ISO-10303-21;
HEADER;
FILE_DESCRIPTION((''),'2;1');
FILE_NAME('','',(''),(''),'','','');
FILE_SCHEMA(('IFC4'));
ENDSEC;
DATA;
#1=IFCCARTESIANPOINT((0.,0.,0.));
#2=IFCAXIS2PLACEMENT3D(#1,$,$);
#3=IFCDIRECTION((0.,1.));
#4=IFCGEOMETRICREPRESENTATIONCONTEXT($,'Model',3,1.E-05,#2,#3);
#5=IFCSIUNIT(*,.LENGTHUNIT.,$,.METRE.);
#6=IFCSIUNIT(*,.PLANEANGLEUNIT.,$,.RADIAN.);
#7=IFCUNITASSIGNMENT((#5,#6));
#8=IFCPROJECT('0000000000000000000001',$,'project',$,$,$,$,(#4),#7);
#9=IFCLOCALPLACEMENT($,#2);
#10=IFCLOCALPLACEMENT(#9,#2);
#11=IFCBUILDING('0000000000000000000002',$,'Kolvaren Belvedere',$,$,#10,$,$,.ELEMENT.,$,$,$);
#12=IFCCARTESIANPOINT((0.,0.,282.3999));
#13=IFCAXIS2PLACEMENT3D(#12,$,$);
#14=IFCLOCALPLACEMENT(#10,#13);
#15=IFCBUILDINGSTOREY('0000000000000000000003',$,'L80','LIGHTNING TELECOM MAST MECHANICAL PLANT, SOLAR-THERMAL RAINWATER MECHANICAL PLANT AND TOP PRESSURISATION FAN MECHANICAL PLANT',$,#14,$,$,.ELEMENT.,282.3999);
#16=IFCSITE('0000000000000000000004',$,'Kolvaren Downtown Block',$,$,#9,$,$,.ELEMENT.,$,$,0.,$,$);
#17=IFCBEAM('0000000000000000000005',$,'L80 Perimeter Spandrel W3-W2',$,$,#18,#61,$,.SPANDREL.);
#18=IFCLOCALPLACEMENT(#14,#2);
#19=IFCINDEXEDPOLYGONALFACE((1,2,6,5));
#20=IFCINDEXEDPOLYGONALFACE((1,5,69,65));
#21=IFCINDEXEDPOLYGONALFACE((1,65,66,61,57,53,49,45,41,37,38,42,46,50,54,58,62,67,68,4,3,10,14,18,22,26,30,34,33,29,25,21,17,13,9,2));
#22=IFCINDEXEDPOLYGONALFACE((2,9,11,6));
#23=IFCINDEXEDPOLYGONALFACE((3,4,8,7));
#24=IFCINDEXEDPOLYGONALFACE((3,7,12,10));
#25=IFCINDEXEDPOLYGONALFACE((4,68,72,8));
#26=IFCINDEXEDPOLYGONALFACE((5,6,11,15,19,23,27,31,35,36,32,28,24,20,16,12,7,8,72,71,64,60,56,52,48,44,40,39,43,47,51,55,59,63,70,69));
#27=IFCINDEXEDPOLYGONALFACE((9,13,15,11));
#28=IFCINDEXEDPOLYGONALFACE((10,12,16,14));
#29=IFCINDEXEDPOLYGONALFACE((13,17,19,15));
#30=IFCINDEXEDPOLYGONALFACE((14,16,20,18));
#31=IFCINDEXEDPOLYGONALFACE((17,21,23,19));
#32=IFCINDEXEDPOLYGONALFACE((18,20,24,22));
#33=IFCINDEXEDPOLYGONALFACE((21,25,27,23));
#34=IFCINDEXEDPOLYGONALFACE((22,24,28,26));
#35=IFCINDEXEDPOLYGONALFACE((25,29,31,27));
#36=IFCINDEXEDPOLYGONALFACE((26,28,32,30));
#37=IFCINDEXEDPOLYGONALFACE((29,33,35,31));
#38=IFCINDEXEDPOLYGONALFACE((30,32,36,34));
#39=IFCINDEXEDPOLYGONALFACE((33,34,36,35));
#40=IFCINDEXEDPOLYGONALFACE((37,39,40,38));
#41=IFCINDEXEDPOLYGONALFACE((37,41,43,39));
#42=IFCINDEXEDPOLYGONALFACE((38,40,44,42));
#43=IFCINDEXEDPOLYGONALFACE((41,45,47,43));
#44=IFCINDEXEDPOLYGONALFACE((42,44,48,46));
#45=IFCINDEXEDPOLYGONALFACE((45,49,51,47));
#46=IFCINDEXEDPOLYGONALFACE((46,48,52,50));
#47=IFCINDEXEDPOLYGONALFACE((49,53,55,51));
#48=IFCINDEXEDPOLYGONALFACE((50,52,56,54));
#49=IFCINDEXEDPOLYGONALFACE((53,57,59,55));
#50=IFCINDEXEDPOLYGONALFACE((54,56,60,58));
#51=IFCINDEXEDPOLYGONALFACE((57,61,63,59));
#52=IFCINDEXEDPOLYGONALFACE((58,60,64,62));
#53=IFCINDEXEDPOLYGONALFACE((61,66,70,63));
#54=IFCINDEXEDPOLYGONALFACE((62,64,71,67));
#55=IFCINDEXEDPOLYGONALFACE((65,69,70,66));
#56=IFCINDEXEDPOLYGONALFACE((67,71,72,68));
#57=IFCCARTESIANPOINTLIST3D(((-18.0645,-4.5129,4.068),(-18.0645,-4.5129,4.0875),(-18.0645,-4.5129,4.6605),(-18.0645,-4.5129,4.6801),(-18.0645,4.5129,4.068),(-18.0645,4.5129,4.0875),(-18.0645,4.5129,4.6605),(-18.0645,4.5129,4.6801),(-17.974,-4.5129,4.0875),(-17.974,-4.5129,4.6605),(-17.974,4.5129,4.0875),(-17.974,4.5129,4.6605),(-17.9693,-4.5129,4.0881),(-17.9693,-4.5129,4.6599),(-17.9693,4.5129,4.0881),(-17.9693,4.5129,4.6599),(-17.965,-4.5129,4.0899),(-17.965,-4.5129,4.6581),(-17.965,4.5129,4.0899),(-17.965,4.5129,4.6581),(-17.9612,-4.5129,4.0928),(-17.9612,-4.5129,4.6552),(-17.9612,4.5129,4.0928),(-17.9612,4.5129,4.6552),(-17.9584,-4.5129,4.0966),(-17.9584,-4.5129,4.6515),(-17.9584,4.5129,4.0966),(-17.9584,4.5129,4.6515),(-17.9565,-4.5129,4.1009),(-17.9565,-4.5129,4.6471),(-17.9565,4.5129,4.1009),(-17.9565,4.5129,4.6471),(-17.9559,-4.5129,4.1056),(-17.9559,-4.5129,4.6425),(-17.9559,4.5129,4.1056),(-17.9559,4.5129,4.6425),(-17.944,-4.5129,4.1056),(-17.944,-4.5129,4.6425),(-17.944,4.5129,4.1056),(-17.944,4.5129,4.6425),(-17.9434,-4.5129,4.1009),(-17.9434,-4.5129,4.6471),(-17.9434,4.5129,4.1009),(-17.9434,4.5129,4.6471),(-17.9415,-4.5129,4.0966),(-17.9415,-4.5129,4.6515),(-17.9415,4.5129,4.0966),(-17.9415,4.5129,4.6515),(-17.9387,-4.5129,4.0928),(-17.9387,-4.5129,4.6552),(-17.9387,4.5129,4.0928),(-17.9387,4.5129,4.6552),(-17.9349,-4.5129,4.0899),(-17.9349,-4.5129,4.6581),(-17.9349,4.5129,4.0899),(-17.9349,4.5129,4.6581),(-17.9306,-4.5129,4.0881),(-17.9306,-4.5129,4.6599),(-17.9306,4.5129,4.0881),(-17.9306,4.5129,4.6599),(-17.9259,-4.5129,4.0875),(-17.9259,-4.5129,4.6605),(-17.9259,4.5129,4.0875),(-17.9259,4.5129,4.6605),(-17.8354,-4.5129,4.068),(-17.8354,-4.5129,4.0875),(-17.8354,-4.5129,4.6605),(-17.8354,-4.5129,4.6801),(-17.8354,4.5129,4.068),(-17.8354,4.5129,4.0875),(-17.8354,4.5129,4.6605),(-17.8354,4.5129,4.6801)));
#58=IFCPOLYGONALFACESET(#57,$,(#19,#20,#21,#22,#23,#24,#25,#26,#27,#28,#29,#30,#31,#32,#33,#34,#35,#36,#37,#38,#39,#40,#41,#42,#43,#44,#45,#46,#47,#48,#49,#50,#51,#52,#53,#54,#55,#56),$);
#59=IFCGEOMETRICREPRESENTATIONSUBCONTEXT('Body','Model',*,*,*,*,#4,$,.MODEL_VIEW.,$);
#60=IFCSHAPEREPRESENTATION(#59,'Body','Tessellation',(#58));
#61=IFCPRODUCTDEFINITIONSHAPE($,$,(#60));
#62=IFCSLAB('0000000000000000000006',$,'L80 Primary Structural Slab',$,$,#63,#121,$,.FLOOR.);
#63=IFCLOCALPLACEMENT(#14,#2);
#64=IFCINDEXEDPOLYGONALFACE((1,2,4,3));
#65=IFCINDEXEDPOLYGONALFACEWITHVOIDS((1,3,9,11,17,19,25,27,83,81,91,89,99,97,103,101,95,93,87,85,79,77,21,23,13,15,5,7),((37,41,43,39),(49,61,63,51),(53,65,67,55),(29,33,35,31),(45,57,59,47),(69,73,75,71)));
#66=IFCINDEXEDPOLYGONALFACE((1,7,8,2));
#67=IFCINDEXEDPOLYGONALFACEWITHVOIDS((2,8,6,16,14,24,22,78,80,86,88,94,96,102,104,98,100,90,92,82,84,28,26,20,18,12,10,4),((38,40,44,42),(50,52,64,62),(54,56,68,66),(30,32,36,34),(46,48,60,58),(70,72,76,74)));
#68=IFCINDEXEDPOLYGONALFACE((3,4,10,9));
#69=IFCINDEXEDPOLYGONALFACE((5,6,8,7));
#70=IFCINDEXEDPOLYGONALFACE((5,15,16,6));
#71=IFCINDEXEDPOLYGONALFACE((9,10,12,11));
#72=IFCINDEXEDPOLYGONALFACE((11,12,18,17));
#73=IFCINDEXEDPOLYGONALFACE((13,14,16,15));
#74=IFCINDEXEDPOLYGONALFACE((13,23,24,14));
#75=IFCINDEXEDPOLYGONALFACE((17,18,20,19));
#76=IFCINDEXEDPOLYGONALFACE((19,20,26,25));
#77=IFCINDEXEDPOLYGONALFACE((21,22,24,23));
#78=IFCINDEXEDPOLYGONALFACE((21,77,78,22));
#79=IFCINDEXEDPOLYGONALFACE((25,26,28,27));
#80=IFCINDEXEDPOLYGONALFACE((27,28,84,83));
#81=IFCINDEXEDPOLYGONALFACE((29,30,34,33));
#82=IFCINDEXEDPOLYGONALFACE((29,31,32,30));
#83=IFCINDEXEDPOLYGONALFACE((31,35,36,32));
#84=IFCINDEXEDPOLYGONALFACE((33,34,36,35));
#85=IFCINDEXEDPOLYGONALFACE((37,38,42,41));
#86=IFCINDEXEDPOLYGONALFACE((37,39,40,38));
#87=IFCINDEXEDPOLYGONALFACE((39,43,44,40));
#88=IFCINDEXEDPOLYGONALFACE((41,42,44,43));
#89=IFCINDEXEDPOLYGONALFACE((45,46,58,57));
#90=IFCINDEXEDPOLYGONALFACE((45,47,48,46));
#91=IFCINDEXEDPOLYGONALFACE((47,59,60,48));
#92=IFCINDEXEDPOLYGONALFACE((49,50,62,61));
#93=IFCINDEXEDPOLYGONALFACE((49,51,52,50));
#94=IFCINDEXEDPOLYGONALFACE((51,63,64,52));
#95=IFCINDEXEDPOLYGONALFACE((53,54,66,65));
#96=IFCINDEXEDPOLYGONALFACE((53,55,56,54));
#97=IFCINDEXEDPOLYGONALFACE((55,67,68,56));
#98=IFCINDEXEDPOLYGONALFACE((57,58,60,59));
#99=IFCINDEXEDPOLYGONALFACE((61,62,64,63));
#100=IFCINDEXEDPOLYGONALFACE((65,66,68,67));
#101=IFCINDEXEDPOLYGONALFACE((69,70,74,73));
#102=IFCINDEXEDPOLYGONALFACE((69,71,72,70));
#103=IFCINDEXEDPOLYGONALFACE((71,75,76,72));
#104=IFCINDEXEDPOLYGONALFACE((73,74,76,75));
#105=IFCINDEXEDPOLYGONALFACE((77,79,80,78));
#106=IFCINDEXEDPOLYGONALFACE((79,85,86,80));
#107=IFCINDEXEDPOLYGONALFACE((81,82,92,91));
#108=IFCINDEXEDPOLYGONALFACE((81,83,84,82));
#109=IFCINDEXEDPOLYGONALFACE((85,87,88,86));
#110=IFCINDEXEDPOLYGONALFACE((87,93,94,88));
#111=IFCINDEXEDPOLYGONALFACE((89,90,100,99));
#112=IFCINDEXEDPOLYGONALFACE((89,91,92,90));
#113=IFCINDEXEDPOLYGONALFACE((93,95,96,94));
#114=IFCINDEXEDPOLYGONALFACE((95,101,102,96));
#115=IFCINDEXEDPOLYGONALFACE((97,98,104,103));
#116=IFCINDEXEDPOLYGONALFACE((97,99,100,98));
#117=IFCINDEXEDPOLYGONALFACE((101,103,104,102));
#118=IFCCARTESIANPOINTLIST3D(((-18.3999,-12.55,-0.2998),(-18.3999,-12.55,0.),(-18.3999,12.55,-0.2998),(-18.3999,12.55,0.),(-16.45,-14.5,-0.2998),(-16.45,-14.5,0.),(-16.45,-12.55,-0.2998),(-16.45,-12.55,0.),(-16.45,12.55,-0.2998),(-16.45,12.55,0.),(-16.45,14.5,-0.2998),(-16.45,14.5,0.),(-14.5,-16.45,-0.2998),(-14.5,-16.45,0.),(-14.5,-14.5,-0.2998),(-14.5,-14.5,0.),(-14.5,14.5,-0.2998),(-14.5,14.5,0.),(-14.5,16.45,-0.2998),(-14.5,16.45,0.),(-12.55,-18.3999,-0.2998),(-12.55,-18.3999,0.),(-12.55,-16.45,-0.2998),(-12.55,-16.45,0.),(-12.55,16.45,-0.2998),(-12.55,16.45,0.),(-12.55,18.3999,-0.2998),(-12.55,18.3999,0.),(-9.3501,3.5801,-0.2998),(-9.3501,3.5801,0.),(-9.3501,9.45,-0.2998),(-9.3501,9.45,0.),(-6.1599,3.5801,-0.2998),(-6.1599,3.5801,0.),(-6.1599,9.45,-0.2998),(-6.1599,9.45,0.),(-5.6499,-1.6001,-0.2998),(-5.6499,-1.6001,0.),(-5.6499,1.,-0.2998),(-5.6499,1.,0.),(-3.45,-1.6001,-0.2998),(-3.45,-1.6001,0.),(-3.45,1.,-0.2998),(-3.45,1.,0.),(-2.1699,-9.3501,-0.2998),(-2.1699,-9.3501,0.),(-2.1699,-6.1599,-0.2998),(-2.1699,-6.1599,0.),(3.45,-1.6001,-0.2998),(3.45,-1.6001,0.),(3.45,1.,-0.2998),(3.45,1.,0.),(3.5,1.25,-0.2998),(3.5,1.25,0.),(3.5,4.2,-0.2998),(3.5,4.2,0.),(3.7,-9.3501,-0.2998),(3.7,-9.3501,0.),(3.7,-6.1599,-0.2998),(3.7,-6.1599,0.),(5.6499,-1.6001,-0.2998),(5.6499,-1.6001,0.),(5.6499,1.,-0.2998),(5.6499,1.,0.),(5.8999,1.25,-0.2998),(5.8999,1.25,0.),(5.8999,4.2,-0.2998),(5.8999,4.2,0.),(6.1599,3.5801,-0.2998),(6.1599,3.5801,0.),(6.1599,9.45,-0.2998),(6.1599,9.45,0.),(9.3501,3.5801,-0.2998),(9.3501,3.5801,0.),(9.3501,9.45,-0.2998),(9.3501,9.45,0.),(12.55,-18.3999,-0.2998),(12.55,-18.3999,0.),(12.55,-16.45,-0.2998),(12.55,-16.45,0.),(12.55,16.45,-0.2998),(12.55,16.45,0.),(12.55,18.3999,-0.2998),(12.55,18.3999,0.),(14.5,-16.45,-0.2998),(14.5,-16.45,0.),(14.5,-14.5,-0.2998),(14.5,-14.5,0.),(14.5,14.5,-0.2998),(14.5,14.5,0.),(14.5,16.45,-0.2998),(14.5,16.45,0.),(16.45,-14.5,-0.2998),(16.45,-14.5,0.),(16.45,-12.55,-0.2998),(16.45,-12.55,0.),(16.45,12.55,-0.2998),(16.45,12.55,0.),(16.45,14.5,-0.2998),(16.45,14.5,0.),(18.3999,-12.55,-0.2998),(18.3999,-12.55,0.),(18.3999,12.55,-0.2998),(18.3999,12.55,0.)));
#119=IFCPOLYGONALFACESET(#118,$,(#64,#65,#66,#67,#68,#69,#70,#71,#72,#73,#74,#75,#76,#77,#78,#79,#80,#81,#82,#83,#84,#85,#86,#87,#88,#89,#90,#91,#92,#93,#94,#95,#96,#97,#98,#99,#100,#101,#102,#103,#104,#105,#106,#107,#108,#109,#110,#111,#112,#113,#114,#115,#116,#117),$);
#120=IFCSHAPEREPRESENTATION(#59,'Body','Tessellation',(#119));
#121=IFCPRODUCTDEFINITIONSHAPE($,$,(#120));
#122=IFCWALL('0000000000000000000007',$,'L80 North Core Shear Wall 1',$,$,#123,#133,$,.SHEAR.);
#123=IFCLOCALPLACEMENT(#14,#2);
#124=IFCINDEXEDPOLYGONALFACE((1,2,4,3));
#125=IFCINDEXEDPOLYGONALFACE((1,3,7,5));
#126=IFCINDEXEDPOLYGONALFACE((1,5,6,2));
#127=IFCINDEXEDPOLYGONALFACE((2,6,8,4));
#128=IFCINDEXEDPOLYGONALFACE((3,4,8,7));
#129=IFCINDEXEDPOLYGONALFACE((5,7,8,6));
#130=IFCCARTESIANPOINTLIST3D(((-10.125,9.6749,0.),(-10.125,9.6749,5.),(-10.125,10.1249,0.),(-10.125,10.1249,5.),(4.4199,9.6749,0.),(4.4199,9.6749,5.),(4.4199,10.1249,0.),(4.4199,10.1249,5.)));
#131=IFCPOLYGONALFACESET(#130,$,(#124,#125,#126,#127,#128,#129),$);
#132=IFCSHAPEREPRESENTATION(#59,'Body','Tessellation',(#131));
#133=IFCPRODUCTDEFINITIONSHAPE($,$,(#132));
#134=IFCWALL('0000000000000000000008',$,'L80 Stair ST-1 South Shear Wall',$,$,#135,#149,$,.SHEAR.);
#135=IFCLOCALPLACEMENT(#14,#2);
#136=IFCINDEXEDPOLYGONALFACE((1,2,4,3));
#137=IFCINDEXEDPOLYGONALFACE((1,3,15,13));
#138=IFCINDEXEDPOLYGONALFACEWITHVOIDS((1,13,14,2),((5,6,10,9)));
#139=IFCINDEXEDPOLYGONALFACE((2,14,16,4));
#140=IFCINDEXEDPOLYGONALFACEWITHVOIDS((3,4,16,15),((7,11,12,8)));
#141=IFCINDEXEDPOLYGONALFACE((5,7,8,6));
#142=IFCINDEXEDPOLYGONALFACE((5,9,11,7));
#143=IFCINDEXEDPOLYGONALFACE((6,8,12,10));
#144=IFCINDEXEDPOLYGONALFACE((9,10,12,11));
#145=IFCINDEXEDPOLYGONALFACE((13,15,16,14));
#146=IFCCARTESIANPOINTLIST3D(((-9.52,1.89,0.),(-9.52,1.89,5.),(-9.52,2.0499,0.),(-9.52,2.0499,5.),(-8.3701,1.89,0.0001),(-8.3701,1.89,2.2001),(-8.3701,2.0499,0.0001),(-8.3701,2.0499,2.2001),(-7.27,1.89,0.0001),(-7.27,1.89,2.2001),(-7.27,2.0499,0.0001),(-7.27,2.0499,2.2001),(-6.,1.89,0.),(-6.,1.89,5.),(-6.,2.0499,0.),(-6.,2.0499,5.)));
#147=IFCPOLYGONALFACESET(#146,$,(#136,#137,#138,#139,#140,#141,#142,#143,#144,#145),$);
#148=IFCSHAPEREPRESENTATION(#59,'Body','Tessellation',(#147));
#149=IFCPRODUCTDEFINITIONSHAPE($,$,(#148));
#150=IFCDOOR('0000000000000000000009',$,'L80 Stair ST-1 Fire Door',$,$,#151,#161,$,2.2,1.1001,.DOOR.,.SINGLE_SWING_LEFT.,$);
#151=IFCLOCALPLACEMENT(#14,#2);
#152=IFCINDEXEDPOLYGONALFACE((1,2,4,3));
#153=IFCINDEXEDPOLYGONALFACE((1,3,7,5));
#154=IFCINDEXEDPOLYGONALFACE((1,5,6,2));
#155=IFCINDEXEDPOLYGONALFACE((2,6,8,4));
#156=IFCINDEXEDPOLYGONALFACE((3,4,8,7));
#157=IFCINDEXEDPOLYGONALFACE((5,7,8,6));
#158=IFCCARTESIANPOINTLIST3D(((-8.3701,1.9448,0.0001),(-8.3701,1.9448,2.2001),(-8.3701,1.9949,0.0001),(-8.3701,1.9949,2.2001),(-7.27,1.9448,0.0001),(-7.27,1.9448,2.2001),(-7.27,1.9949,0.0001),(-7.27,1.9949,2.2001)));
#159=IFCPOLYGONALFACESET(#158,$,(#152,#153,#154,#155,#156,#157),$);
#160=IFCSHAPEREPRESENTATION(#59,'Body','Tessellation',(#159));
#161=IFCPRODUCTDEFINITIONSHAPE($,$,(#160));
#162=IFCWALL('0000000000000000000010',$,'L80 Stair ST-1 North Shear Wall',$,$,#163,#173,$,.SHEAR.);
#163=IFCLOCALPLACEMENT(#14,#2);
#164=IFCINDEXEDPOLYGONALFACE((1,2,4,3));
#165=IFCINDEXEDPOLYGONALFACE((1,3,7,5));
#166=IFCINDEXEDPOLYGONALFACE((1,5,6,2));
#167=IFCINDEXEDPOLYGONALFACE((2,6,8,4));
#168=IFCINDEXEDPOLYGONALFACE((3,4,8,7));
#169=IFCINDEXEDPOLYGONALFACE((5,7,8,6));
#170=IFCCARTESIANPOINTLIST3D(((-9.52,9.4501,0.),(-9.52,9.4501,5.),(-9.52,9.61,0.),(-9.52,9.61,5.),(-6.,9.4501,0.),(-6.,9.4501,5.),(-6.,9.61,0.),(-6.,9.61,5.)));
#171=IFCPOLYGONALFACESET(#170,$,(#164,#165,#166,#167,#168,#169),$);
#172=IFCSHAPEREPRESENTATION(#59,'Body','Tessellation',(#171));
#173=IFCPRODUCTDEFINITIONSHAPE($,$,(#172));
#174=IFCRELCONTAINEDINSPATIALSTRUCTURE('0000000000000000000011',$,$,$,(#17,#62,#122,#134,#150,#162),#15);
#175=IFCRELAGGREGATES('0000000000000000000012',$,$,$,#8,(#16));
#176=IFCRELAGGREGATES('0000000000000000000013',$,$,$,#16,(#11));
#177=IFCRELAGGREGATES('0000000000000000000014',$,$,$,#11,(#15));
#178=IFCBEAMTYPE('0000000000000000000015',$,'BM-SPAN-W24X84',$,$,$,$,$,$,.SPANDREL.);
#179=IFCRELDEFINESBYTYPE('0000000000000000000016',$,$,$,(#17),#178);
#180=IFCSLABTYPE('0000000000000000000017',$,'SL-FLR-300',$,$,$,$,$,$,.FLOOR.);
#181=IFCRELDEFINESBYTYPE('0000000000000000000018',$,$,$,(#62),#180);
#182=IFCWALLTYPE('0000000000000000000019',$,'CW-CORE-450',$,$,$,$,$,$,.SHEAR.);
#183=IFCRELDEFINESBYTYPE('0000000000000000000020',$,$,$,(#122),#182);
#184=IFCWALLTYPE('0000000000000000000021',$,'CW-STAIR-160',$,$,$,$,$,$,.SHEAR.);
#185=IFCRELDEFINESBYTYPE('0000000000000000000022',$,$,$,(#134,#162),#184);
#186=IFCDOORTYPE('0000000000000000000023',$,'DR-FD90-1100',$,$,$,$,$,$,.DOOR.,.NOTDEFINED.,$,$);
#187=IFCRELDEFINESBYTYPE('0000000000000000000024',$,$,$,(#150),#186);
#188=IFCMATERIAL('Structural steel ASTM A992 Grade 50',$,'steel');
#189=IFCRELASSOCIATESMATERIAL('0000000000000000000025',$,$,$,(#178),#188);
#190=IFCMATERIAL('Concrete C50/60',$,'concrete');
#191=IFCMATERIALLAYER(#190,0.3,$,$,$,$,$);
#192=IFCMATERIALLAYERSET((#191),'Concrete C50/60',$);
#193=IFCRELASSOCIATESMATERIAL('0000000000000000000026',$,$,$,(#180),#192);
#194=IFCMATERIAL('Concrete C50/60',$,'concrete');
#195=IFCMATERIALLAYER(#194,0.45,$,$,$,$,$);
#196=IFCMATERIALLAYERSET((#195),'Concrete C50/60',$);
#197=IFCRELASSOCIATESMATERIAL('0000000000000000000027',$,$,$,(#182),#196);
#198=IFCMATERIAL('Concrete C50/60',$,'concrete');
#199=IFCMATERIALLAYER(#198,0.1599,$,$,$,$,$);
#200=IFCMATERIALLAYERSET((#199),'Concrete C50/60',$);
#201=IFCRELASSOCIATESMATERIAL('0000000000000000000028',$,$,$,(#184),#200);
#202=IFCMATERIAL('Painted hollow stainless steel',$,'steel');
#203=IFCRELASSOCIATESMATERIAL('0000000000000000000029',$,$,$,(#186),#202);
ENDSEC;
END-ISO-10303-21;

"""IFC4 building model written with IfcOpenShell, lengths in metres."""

from ifc_helpers import new_model, si_unit, direction, frame, frame_2d, origin, origin_2d, place, context, subcontext, project, spatial, polyline, rectangle, i_section, outline, extrude, material, layer, layer_set, material_profile, profile_set, type_object, element, fill, save


model = new_model("IFC4")

# Units and contexts
model_context = context("Model", 3, precision=1e-05, world=origin(), true_north=direction((0.0, 1.0)))
body_context = subcontext(model_context, "Body", "Model", "MODEL_VIEW")
ifc_project = project(units=[si_unit("LENGTHUNIT", "METRE"), si_unit("PLANEANGLEUNIT", "RADIAN")], contexts=[model_context])

# Site, building, storey
site_placement = place(None, origin())
site = spatial("IfcSite", under=ifc_project, at=site_placement, Name="Kolvaren Downtown Block", CompositionType="ELEMENT", RefElevation=0.0)
building_placement = place(site_placement, origin())
building = spatial("IfcBuilding", under=site, at=building_placement, Name="Kolvaren Belvedere", CompositionType="ELEMENT")
storey_placement = place(building_placement, frame((0.0, 0.0, 282.3999)))
storey = spatial("IfcBuildingStorey", under=building, at=storey_placement, Name="L80", Description="LIGHTNING TELECOM MAST MECHANICAL PLANT, SOLAR-THERMAL RAINWATER MECHANICAL PLANT AND TOP PRESSURISATION FAN MECHANICAL PLANT", CompositionType="ELEMENT", Elevation=282.3999)

# Beam
ifc_material_1 = material(Name="Structural steel ASTM A992 Grade 50", Category="steel")
ifc_material_profile_1 = material_profile(ifc_material_1, i_section(OverallWidth=0.229, OverallDepth=0.6121, WebThickness=0.012, FlangeThickness=0.0195, FilletRadius=0.0181, at=origin_2d()), Name="W24X84")
ifc_profile_set_1 = profile_set([ifc_material_profile_1], Name="Structural steel ASTM A992 Grade 50")
beam_type_1 = type_object("IfcBeamType", Name="BM-SPAN-W24X84", PredefinedType="SPANDREL", material=ifc_profile_set_1)
beam_1_placement = place(storey_placement, frame((-17.95, 4.5129, 4.374), z_axis=(0.0, -1.0, 0.0), x_axis=(1.0, 0.0, 0.0)))
element("IfcBeam", 1, at=beam_1_placement, inside=storey, type_object=beam_type_1, Name="L80 Perimeter Spandrel W3-W2", PredefinedType="SPANDREL", context=body_context, shape_type="SweptSolid", body=[
    extrude(i_section(OverallWidth=0.229, OverallDepth=0.6121, WebThickness=0.012, FlangeThickness=0.0195, FilletRadius=0.0181, at=origin_2d()), origin(), (0.0, 0.0, 1.0), 9.0259),
])

# Slab
ifc_material_2 = material(Name="Concrete C50/60", Category="concrete")
ifc_layer_1 = layer(ifc_material_2, 0.3)
ifc_layer_set_1 = layer_set([ifc_layer_1], Name="Concrete C50/60")
slab_type = type_object("IfcSlabType", Name="SL-FLR-300", PredefinedType="FLOOR", material=ifc_layer_set_1)
slab_placement = place(storey_placement, frame((0.0, 0.0, -0.2998)))
element("IfcSlab", 2, at=slab_placement, inside=storey, type_object=slab_type, Name="L80 Primary Structural Slab", PredefinedType="FLOOR", context=body_context, shape_type="SweptSolid", body=[
    extrude(outline(polyline([(-12.55, -18.3999), (12.55, -18.3999), (12.55, -16.45), (14.5, -16.45), (14.5, -14.5), (16.45, -14.5), (16.45, -12.55), (18.3999, -12.55), (18.3999, 12.55), (16.45, 12.55), (16.45, 14.5), (14.5, 14.5), (14.5, 16.45), (12.55, 16.45), (12.55, 18.3999), (-12.55, 18.3999), (-12.55, 16.45), (-14.5, 16.45), (-14.5, 14.5), (-16.45, 14.5), (-16.45, 12.55), (-18.3999, 12.55), (-18.3999, -12.55), (-16.45, -12.55), (-16.45, -14.5), (-14.5, -14.5), (-14.5, -16.45), (-12.55, -16.45), (-12.55, -18.3999)]), holes=[polyline([(-9.3501, 3.5801), (-6.1599, 3.5801), (-6.1599, 9.45), (-9.3501, 9.45), (-9.3501, 3.5801)]), polyline([(6.1599, 3.5801), (9.3501, 3.5801), (9.3501, 9.45), (6.1599, 9.45), (6.1599, 3.5801)]), polyline([(-2.1699, -9.3501), (3.7, -9.3501), (3.7, -6.1599), (-2.1699, -6.1599), (-2.1699, -9.3501)]), polyline([(-5.6499, -1.6001), (-3.45, -1.6001), (-3.45, 1.0), (-5.6499, 1.0), (-5.6499, -1.6001)]), polyline([(3.5, 1.25), (5.8999, 1.25), (5.8999, 4.2), (3.5, 4.2), (3.5, 1.25)]), polyline([(3.45, -1.6001), (5.6499, -1.6001), (5.6499, 1.0), (3.45, 1.0), (3.45, -1.6001)])]), origin(), (0.0, 0.0, 1.0), 0.2998),
])

# Wall
ifc_material_3 = material(Name="Concrete C50/60", Category="concrete")
ifc_layer_2 = layer(ifc_material_3, 0.45)
ifc_layer_set_2 = layer_set([ifc_layer_2], Name="Concrete C50/60")
wall_type_1 = type_object("IfcWallType", Name="CW-CORE-450", PredefinedType="SHEAR", material=ifc_layer_set_2)
wall_1_placement = place(storey_placement, frame((-10.125, 9.8999, 0.0), z_axis=(0.0, 0.0, 1.0), x_axis=(1.0, 0.0, 0.0)))
element("IfcWall", 3, at=wall_1_placement, inside=storey, type_object=wall_type_1, Name="L80 North Core Shear Wall 1", PredefinedType="SHEAR", context=body_context, shape_type="SweptSolid", body=[
    extrude(rectangle(XDim=14.5449, YDim=0.45, at=frame_2d((7.2725, 0.0))), origin(), (0.0, 0.0, 1.0), 5.0),
])

# Wall, opening, door
ifc_material_4 = material(Name="Concrete C50/60", Category="concrete")
ifc_layer_3 = layer(ifc_material_4, 0.1599)
ifc_layer_set_3 = layer_set([ifc_layer_3], Name="Concrete C50/60")
wall_type_2 = type_object("IfcWallType", Name="CW-STAIR-160", PredefinedType="SHEAR", material=ifc_layer_set_3)
wall_2_placement = place(storey_placement, frame((-9.52, 1.97, 0.0), z_axis=(0.0, 0.0, 1.0), x_axis=(1.0, 0.0, 0.0)))
wall_2 = element("IfcWall", 4, at=wall_2_placement, inside=storey, type_object=wall_type_2, Name="L80 Stair ST-1 South Shear Wall", PredefinedType="SHEAR", context=body_context, shape_type="SweptSolid", body=[
    extrude(rectangle(XDim=3.52, YDim=0.1599, at=frame_2d((1.76, 0.0))), origin(), (0.0, 0.0, 1.0), 5.0),
])
opening_1_placement = place(wall_2_placement, frame((1.1499, 0.0, 0.0)))
opening_1 = element("IfcOpeningElement", 5, at=opening_1_placement, cuts=wall_2, PredefinedType="OPENING", context=body_context, shape_type="SweptSolid", body=[
    extrude(rectangle(XDim=1.1001, YDim=2.2, at=frame_2d((0.55, 1.1001))), frame((0.0, 0.0898, 0.0), z_axis=(0.0, -1.0, 0.0), x_axis=(1.0, 0.0, 0.0)), (0.0, 0.0, 1.0), 0.1799),
])
ifc_material_5 = material(Name="Painted hollow stainless steel", Category="steel")
door_type_1 = type_object("IfcDoorType", Name="DR-FD90-1100", OperationType="NOTDEFINED", PredefinedType="DOOR", material=ifc_material_5)
door_1_placement = place(opening_1_placement, origin())
door_1 = element("IfcDoor", 6, at=door_1_placement, inside=storey, type_object=door_type_1, Name="L80 Stair ST-1 Fire Door", OperationType="SINGLE_SWING_LEFT", OverallHeight=2.2, OverallWidth=1.1001, PredefinedType="DOOR", context=body_context, shape_type="SweptSolid", body=[
    extrude(rectangle(XDim=1.1001, YDim=2.2, at=frame_2d((0.55, 1.1001))), frame((0.0, 0.0249, 0.0), z_axis=(0.0, -1.0, 0.0), x_axis=(1.0, 0.0, 0.0)), (0.0, 0.0, 1.0), 0.05),
])
fill(opening_1, door_1)

# Wall
wall_3_placement = place(storey_placement, frame((-9.52, 9.53, 0.0), z_axis=(0.0, 0.0, 1.0), x_axis=(1.0, 0.0, 0.0)))
element("IfcWall", 7, at=wall_3_placement, inside=storey, type_object=wall_type_2, Name="L80 Stair ST-1 North Shear Wall", PredefinedType="SHEAR", context=body_context, shape_type="SweptSolid", body=[
    extrude(rectangle(XDim=3.52, YDim=0.1599, at=frame_2d((1.76, 0.0))), origin(), (0.0, 0.0, 1.0), 5.0),
])

save(model, "model.ifc")
